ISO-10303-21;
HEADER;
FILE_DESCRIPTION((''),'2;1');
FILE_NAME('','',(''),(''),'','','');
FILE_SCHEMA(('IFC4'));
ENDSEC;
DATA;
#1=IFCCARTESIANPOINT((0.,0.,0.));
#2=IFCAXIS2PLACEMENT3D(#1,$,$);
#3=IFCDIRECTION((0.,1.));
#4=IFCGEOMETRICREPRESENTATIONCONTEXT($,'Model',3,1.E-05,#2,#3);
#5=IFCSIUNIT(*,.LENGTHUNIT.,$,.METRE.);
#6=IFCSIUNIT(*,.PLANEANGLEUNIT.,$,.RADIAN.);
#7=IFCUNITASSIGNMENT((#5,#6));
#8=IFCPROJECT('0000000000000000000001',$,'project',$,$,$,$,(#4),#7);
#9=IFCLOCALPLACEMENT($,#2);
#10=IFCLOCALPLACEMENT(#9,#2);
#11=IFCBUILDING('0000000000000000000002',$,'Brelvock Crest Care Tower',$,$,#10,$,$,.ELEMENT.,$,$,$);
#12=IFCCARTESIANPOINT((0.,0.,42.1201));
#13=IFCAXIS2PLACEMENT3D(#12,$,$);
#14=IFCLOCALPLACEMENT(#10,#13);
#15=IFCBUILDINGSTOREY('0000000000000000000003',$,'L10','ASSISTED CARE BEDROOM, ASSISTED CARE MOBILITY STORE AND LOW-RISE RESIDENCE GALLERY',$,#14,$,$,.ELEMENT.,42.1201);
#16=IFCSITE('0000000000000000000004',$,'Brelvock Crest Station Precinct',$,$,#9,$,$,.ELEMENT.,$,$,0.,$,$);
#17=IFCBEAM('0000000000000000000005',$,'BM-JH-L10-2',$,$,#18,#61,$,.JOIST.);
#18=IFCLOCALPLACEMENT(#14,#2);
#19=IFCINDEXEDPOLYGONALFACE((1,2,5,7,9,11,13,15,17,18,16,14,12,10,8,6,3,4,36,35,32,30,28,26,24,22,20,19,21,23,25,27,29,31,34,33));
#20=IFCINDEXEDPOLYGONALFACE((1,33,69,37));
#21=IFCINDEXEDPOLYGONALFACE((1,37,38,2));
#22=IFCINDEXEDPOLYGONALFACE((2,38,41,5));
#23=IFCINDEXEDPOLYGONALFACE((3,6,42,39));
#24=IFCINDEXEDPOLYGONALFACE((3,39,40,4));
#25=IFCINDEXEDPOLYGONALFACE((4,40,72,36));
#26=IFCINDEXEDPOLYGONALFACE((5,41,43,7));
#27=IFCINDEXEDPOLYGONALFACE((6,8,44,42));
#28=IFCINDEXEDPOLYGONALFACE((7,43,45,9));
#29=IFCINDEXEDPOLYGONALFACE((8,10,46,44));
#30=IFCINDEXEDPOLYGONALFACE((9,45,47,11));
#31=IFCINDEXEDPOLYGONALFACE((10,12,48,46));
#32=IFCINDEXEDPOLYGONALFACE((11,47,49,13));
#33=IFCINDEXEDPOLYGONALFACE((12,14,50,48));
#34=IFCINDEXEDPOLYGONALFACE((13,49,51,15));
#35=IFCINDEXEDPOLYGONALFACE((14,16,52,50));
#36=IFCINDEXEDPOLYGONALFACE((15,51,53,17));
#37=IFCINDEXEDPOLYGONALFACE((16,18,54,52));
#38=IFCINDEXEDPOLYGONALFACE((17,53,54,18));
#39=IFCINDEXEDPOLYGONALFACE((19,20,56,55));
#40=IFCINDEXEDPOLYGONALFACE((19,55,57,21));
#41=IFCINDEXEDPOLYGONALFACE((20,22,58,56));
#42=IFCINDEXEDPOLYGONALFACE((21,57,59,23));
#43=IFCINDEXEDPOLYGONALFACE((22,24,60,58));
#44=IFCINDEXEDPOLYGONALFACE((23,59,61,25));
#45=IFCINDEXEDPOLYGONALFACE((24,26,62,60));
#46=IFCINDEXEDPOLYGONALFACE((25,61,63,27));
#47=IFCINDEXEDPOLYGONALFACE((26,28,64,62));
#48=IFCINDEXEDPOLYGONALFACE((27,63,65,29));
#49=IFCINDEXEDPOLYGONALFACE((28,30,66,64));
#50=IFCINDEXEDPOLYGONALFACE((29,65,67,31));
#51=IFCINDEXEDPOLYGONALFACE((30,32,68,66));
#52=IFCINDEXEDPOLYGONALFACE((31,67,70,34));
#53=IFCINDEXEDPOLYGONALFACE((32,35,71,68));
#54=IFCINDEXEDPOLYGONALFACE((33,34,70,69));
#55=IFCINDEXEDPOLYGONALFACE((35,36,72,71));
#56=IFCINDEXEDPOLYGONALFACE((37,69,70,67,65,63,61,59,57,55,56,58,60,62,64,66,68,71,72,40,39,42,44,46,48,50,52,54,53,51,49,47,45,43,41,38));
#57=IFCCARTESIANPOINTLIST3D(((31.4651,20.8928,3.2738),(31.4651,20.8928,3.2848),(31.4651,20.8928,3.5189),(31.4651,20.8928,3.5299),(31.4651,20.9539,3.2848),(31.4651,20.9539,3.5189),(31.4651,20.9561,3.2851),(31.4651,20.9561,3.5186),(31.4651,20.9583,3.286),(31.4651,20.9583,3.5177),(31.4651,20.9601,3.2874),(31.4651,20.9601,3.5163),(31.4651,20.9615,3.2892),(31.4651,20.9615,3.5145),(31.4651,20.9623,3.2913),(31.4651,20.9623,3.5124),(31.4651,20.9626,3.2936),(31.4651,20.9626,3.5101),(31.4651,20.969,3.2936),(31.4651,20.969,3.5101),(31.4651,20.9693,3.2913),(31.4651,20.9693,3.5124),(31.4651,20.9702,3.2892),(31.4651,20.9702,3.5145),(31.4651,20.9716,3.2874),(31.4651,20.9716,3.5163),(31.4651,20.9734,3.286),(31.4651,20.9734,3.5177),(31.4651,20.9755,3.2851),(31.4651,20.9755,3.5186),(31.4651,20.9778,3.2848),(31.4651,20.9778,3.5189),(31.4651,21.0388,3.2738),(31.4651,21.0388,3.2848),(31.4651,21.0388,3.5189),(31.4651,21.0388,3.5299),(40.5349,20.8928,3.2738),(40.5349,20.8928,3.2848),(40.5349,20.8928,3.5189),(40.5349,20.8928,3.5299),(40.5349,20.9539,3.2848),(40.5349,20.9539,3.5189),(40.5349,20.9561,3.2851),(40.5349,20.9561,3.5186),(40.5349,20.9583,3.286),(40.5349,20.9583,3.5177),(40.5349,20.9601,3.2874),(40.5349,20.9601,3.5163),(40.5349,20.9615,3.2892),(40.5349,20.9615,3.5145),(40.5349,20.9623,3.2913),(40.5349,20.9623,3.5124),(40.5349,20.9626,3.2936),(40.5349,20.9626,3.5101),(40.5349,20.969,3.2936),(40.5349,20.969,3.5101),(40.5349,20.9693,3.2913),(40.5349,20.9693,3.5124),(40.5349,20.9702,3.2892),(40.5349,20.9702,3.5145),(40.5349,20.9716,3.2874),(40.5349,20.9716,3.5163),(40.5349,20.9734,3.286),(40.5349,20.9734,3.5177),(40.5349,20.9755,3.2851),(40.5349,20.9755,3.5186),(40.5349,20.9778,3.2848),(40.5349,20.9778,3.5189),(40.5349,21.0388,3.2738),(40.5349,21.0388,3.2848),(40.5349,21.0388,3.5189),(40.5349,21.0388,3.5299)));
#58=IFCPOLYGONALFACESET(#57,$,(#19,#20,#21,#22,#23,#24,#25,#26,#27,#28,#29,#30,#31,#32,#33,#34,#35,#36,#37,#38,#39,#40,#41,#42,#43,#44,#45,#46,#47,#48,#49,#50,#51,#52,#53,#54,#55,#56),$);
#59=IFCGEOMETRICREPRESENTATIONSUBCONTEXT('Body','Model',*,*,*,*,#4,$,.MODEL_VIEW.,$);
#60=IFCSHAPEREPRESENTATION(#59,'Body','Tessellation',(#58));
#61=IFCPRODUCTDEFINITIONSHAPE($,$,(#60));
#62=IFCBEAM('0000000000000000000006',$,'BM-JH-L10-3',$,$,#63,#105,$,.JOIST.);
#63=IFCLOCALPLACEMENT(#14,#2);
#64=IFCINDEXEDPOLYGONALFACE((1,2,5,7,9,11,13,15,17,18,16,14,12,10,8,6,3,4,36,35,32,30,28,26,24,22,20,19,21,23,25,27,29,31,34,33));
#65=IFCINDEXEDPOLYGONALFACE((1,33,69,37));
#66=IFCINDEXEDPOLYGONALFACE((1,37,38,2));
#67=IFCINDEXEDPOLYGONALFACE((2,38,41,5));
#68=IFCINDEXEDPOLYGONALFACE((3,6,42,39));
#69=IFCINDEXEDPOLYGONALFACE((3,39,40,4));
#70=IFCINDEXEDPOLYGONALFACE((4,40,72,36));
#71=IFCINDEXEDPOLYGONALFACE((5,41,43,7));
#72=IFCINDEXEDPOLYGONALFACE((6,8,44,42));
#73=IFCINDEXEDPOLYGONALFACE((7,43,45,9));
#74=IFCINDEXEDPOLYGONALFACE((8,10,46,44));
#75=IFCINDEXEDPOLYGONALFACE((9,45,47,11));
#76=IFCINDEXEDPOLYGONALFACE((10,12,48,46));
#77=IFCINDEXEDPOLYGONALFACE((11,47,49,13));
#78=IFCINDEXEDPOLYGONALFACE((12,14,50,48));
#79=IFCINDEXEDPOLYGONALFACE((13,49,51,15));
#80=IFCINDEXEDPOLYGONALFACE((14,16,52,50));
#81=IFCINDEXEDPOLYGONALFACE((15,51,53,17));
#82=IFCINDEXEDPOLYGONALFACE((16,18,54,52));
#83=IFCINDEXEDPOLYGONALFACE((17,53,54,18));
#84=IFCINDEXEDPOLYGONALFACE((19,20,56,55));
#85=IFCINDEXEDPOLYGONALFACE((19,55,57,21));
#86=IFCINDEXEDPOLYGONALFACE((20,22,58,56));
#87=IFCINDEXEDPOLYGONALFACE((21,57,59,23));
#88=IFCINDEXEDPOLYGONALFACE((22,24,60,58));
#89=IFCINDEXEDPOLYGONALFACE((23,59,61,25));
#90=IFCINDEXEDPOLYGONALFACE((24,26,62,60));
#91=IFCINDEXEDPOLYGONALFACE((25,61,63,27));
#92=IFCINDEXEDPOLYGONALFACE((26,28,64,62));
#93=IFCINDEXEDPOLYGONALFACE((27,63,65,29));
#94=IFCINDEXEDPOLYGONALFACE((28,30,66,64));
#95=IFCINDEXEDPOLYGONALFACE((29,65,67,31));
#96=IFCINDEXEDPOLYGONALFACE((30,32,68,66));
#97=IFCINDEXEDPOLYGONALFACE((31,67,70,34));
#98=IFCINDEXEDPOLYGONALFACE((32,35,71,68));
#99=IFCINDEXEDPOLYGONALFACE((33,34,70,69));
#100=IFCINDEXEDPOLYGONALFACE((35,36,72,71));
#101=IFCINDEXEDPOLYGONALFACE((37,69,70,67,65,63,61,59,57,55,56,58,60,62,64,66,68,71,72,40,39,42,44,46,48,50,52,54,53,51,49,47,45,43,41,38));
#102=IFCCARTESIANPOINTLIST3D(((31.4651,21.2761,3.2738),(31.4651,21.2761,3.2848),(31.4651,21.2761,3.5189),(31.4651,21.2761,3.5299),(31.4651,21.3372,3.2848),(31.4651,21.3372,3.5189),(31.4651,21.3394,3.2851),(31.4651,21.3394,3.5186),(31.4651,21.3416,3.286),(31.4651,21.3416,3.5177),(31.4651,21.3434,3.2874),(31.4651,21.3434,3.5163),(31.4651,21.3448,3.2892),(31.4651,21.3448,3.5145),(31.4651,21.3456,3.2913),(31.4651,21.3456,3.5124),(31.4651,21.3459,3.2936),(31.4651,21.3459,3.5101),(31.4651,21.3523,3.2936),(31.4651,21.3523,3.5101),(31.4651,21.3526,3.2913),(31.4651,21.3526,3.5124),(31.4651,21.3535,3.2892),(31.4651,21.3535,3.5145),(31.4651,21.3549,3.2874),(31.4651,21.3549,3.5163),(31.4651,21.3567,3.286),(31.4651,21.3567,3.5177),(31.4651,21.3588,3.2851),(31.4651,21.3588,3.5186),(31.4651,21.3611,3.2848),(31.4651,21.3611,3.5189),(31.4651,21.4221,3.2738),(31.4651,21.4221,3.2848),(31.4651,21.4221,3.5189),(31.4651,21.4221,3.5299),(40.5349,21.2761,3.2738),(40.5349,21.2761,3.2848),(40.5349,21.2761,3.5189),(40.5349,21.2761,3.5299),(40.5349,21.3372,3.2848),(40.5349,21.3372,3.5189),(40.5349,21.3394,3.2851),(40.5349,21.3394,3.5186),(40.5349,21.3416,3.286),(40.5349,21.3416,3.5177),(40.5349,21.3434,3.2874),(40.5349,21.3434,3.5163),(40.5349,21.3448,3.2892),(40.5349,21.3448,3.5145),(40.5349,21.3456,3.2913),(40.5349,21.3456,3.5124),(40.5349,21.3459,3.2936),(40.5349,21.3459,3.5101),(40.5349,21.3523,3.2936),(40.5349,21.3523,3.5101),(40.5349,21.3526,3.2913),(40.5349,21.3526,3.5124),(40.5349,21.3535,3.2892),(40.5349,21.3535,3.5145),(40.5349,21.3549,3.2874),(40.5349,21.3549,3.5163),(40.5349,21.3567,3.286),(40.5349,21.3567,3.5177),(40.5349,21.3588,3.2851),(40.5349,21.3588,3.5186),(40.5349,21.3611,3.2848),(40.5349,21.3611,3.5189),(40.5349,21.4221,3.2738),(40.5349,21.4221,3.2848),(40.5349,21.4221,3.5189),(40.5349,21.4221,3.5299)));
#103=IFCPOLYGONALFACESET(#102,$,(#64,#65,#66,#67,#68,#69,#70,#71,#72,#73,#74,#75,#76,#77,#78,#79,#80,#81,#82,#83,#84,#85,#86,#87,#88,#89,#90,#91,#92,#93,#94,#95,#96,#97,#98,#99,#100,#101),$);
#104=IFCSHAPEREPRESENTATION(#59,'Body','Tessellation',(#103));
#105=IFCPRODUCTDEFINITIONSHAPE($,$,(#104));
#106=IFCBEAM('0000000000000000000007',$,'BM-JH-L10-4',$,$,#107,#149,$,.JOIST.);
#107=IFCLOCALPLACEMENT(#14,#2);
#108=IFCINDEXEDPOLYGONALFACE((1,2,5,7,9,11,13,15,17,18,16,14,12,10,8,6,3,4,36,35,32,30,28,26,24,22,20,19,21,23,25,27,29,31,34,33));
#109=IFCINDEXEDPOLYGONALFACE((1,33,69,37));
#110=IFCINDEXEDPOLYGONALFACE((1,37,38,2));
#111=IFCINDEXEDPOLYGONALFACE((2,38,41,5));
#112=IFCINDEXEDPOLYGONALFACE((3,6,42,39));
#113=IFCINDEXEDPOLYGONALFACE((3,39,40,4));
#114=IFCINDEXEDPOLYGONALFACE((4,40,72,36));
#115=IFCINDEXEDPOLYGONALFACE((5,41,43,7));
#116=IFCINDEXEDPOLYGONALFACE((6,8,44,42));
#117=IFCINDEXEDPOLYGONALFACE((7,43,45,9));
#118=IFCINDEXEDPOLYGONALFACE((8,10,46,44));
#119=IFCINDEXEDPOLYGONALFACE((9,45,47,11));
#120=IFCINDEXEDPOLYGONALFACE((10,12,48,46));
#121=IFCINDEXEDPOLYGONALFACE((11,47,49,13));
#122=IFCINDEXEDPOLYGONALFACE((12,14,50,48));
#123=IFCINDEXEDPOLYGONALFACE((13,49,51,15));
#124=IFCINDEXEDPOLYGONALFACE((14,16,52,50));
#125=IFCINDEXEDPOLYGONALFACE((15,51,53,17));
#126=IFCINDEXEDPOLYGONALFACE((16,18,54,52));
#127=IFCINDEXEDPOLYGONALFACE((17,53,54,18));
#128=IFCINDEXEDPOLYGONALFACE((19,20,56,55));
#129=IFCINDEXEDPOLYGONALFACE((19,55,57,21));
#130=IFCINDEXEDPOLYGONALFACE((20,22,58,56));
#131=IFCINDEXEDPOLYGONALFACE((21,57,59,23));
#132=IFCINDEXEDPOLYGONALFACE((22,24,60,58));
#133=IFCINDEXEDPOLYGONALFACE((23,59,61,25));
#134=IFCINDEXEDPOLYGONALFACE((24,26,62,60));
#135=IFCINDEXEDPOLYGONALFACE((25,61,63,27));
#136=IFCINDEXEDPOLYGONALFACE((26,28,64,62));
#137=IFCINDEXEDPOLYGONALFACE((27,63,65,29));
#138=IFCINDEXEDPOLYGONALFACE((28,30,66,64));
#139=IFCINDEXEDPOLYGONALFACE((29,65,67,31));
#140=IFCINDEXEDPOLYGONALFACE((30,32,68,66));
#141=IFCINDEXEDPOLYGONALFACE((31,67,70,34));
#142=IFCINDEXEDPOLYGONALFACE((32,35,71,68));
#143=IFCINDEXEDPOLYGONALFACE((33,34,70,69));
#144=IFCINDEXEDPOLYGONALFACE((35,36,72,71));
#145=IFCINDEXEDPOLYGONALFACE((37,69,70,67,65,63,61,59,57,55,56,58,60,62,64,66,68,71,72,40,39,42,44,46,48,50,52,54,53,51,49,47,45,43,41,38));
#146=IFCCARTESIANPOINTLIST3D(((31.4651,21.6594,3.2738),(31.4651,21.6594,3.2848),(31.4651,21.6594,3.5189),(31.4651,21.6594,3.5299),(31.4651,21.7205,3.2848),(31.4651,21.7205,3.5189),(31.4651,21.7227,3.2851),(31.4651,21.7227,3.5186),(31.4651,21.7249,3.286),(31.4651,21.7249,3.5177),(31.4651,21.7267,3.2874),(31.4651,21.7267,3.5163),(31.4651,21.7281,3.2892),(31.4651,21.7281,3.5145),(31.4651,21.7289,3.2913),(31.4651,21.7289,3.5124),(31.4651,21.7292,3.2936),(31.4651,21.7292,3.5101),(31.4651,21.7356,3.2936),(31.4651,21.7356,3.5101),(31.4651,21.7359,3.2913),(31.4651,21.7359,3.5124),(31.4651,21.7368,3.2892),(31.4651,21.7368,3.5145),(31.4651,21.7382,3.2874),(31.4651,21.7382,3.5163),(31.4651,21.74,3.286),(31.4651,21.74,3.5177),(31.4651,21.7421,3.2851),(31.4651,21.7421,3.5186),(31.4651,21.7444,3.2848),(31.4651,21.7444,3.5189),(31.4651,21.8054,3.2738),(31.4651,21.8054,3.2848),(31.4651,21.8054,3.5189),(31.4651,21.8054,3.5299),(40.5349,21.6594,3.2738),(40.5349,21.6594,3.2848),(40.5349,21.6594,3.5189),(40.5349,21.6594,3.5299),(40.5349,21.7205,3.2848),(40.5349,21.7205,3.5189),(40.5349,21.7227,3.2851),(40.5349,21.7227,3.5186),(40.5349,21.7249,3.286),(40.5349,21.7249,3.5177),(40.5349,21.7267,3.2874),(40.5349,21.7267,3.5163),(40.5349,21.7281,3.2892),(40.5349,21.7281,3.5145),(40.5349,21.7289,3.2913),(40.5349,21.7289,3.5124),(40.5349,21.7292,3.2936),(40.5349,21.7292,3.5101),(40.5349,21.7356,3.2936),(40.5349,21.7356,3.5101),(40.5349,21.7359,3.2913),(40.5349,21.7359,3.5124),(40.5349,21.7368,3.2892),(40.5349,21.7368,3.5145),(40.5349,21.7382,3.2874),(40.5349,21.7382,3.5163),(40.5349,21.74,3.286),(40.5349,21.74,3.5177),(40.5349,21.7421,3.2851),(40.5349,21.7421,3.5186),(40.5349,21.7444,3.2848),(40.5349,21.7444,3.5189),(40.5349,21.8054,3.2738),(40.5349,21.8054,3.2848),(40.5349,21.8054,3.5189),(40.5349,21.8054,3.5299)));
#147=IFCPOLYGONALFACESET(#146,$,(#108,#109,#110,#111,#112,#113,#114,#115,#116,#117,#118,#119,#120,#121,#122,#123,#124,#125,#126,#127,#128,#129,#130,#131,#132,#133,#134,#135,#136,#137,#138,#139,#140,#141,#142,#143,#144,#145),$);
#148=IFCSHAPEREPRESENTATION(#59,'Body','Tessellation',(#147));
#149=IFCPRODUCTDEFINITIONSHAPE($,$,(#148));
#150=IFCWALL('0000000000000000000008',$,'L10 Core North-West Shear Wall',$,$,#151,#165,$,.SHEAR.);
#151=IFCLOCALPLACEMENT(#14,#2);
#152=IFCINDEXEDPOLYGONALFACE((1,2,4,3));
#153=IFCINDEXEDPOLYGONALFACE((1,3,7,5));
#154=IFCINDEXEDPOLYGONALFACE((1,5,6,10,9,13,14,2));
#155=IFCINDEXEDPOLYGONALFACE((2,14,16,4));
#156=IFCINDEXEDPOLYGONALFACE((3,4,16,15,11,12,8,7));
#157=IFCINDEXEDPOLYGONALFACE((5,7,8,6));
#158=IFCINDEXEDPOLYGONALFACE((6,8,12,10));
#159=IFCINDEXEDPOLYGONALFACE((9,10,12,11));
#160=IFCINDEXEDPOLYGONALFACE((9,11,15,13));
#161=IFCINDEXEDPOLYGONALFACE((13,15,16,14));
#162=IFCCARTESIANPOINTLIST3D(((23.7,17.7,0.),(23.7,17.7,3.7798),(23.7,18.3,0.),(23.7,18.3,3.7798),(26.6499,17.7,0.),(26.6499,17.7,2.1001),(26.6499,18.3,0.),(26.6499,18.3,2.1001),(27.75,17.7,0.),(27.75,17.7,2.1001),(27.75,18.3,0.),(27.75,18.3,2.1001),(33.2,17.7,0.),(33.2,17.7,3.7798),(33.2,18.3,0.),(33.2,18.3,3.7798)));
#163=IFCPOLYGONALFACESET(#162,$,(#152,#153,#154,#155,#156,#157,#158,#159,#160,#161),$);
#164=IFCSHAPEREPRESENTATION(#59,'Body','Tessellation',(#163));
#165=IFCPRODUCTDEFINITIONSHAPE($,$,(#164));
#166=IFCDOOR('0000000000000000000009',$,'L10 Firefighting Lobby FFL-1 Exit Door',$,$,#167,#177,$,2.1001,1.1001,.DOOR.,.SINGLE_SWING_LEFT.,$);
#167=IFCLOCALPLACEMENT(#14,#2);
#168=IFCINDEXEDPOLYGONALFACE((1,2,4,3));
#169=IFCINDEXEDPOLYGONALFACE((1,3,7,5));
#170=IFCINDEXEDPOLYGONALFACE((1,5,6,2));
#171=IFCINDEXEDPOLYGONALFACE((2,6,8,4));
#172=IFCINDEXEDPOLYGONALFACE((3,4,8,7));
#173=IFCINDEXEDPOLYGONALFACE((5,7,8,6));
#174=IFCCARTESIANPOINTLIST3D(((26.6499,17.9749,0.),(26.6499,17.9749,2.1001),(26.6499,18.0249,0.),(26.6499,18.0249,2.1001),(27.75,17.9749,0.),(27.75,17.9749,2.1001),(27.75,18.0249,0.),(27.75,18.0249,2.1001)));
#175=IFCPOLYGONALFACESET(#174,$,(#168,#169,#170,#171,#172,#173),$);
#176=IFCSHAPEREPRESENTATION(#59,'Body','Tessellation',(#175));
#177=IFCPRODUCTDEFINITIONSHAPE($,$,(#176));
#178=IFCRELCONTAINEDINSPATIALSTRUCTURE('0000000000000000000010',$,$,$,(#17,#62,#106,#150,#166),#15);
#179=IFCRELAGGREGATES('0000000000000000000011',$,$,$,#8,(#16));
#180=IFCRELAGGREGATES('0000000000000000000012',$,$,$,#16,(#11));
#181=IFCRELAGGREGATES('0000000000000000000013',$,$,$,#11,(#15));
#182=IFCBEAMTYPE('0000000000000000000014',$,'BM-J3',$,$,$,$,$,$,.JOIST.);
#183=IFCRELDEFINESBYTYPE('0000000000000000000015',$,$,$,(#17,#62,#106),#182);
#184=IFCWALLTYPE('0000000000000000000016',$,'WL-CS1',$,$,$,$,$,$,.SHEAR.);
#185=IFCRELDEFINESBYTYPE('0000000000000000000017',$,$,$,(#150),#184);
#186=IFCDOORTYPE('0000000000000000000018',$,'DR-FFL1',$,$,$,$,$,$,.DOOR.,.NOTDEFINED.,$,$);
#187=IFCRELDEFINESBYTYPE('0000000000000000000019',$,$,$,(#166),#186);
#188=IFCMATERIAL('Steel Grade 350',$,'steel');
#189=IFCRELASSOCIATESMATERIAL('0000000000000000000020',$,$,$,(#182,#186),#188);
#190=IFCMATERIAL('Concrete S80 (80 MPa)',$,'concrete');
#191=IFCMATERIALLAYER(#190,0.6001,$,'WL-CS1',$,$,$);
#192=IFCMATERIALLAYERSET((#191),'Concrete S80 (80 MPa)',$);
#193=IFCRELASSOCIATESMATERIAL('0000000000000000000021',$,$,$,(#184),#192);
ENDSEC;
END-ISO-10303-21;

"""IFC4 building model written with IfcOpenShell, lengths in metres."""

from ifc_helpers import new_model, si_unit, direction, frame, frame_2d, origin, origin_2d, place, context, subcontext, project, spatial, rectangle, i_section, extrude, source, transform, mapped, material, layer, layer_set, material_profile, profile_set, type_object, element, fill, save


model = new_model("IFC4")

# Units and contexts
model_context = context("Model", 3, precision=1e-05, world=origin(), true_north=direction((0.0, 1.0)))
body_context = subcontext(model_context, "Body", "Model", "MODEL_VIEW")
ifc_project = project(units=[si_unit("LENGTHUNIT", "METRE"), si_unit("PLANEANGLEUNIT", "RADIAN")], contexts=[model_context])

# Site, building, storey
site_placement = place(None, origin())
site = spatial("IfcSite", under=ifc_project, at=site_placement, Name="Brelvock Crest Station Precinct", CompositionType="ELEMENT", RefElevation=0.0)
building_placement = place(site_placement, origin())
building = spatial("IfcBuilding", under=site, at=building_placement, Name="Brelvock Crest Care Tower", CompositionType="ELEMENT")
storey_placement = place(building_placement, frame((0.0, 0.0, 42.1201)))
storey = spatial("IfcBuildingStorey", under=building, at=storey_placement, Name="L10", Description="ASSISTED CARE BEDROOM, ASSISTED CARE MOBILITY STORE AND LOW-RISE RESIDENCE GALLERY", CompositionType="ELEMENT", Elevation=42.1201)

# Shared definitions
ifc_material_1 = material(Name="Concrete S80 (80 MPa)", Category="concrete")
ifc_material_2 = material(Name="Steel Grade 350", Category="steel")

# Beams
ifc_material_profile_1 = material_profile(ifc_material_2, i_section(OverallWidth=0.146, OverallDepth=0.2561, WebThickness=0.0063, FlangeThickness=0.011, FilletRadius=0.0088, at=origin_2d()), Name="250UB37.3")
ifc_profile_set_1 = profile_set([ifc_material_profile_1], Name="Steel Grade 350")
beam_type_1 = type_object("IfcBeamType", Name="BM-J3", PredefinedType="JOIST", material=ifc_profile_set_1)
shared_shape_1 = source(origin(), body_context, "Body", "SweptSolid", [
    extrude(i_section(OverallWidth=0.146, OverallDepth=0.2561, WebThickness=0.0063, FlangeThickness=0.011, FilletRadius=0.0088, at=origin_2d()), origin(), (0.0, 0.0, 1.0), 9.0698),
])
for number, where, z_axis, x_axis, name in (
    (1, (31.4651, 20.9658, 3.4019), (1.0, 0.0, 0.0), (0.0, 1.0, 0.0), "BM-JH-L10-2"),
    (2, (31.4651, 21.3491, 3.4019), (1.0, 0.0, 0.0), (0.0, 1.0, 0.0), "BM-JH-L10-3"),
    (3, (31.4651, 21.7324, 3.4019), (1.0, 0.0, 0.0), (0.0, 1.0, 0.0), "BM-JH-L10-4"),
):
    element("IfcBeam", number, at=place(storey_placement, frame(where, z_axis=z_axis, x_axis=x_axis)), inside=storey, type_object=beam_type_1, Name=name, PredefinedType="JOIST", context=body_context, shape_type="MappedRepresentation", body=[
        mapped(shared_shape_1, transform((0.0, 0.0, 0.0), x_axis=(1.0, 0.0, 0.0), y_axis=(0.0, 1.0, 0.0), z_axis=(0.0, 0.0, 1.0), scale=1.0)),
    ])

# Wall, opening, door
ifc_layer_1 = layer(ifc_material_1, 0.6001, Name="WL-CS1")
ifc_layer_set_1 = layer_set([ifc_layer_1], Name="Concrete S80 (80 MPa)")
wall_type_1 = type_object("IfcWallType", Name="WL-CS1", PredefinedType="SHEAR", material=ifc_layer_set_1)
wall_1_placement = place(storey_placement, frame((23.7, 18.0, 0.0), z_axis=(0.0, 0.0, 1.0), x_axis=(1.0, 0.0, 0.0)))
wall_1 = element("IfcWall", 4, at=wall_1_placement, inside=storey, type_object=wall_type_1, Name="L10 Core North-West Shear Wall", PredefinedType="SHEAR", context=body_context, shape_type="SweptSolid", body=[
    extrude(rectangle(XDim=9.5, YDim=0.6001, at=frame_2d((4.75, 0.0))), origin(), (0.0, 0.0, 1.0), 3.7798),
])
opening_1_placement = place(wall_1_placement, frame((2.95, 0.0, 0.0)))
opening_1 = element("IfcOpeningElement", 5, at=opening_1_placement, cuts=wall_1, PredefinedType="OPENING", context=body_context, shape_type="SweptSolid", body=[
    extrude(rectangle(XDim=1.1001, YDim=2.1001, at=origin_2d()), frame((0.55, 0.3101, 1.05), z_axis=(0.0, -1.0, 0.0), x_axis=(1.0, 0.0, 0.0)), (0.0, 0.0, 1.0), 0.6201),
])
door_type_1 = type_object("IfcDoorType", Name="DR-FFL1", OperationType="NOTDEFINED", PredefinedType="DOOR", material=ifc_material_2)
shared_shape_2 = source(origin(), body_context, "Body", "SweptSolid", [
    extrude(rectangle(XDim=1.1001, YDim=2.1001, at=origin_2d()), frame((0.55, 0.0249, 1.05), z_axis=(0.0, -1.0, 0.0), x_axis=(1.0, 0.0, 0.0)), (0.0, 0.0, 1.0), 0.05),
])
door_1_placement = place(opening_1_placement, origin())
door_1 = element("IfcDoor", 6, at=door_1_placement, inside=storey, type_object=door_type_1, Name="L10 Firefighting Lobby FFL-1 Exit Door", OperationType="SINGLE_SWING_LEFT", OverallHeight=2.1001, OverallWidth=1.1001, PredefinedType="DOOR", context=body_context, shape_type="MappedRepresentation", body=[
    mapped(shared_shape_2, transform((0.0, 0.0, 0.0), x_axis=(1.0, 0.0, 0.0), y_axis=(0.0, 1.0, 0.0), z_axis=(0.0, 0.0, 1.0), scale=1.0)),
])
fill(opening_1, door_1)

save(model, "model.ifc")
